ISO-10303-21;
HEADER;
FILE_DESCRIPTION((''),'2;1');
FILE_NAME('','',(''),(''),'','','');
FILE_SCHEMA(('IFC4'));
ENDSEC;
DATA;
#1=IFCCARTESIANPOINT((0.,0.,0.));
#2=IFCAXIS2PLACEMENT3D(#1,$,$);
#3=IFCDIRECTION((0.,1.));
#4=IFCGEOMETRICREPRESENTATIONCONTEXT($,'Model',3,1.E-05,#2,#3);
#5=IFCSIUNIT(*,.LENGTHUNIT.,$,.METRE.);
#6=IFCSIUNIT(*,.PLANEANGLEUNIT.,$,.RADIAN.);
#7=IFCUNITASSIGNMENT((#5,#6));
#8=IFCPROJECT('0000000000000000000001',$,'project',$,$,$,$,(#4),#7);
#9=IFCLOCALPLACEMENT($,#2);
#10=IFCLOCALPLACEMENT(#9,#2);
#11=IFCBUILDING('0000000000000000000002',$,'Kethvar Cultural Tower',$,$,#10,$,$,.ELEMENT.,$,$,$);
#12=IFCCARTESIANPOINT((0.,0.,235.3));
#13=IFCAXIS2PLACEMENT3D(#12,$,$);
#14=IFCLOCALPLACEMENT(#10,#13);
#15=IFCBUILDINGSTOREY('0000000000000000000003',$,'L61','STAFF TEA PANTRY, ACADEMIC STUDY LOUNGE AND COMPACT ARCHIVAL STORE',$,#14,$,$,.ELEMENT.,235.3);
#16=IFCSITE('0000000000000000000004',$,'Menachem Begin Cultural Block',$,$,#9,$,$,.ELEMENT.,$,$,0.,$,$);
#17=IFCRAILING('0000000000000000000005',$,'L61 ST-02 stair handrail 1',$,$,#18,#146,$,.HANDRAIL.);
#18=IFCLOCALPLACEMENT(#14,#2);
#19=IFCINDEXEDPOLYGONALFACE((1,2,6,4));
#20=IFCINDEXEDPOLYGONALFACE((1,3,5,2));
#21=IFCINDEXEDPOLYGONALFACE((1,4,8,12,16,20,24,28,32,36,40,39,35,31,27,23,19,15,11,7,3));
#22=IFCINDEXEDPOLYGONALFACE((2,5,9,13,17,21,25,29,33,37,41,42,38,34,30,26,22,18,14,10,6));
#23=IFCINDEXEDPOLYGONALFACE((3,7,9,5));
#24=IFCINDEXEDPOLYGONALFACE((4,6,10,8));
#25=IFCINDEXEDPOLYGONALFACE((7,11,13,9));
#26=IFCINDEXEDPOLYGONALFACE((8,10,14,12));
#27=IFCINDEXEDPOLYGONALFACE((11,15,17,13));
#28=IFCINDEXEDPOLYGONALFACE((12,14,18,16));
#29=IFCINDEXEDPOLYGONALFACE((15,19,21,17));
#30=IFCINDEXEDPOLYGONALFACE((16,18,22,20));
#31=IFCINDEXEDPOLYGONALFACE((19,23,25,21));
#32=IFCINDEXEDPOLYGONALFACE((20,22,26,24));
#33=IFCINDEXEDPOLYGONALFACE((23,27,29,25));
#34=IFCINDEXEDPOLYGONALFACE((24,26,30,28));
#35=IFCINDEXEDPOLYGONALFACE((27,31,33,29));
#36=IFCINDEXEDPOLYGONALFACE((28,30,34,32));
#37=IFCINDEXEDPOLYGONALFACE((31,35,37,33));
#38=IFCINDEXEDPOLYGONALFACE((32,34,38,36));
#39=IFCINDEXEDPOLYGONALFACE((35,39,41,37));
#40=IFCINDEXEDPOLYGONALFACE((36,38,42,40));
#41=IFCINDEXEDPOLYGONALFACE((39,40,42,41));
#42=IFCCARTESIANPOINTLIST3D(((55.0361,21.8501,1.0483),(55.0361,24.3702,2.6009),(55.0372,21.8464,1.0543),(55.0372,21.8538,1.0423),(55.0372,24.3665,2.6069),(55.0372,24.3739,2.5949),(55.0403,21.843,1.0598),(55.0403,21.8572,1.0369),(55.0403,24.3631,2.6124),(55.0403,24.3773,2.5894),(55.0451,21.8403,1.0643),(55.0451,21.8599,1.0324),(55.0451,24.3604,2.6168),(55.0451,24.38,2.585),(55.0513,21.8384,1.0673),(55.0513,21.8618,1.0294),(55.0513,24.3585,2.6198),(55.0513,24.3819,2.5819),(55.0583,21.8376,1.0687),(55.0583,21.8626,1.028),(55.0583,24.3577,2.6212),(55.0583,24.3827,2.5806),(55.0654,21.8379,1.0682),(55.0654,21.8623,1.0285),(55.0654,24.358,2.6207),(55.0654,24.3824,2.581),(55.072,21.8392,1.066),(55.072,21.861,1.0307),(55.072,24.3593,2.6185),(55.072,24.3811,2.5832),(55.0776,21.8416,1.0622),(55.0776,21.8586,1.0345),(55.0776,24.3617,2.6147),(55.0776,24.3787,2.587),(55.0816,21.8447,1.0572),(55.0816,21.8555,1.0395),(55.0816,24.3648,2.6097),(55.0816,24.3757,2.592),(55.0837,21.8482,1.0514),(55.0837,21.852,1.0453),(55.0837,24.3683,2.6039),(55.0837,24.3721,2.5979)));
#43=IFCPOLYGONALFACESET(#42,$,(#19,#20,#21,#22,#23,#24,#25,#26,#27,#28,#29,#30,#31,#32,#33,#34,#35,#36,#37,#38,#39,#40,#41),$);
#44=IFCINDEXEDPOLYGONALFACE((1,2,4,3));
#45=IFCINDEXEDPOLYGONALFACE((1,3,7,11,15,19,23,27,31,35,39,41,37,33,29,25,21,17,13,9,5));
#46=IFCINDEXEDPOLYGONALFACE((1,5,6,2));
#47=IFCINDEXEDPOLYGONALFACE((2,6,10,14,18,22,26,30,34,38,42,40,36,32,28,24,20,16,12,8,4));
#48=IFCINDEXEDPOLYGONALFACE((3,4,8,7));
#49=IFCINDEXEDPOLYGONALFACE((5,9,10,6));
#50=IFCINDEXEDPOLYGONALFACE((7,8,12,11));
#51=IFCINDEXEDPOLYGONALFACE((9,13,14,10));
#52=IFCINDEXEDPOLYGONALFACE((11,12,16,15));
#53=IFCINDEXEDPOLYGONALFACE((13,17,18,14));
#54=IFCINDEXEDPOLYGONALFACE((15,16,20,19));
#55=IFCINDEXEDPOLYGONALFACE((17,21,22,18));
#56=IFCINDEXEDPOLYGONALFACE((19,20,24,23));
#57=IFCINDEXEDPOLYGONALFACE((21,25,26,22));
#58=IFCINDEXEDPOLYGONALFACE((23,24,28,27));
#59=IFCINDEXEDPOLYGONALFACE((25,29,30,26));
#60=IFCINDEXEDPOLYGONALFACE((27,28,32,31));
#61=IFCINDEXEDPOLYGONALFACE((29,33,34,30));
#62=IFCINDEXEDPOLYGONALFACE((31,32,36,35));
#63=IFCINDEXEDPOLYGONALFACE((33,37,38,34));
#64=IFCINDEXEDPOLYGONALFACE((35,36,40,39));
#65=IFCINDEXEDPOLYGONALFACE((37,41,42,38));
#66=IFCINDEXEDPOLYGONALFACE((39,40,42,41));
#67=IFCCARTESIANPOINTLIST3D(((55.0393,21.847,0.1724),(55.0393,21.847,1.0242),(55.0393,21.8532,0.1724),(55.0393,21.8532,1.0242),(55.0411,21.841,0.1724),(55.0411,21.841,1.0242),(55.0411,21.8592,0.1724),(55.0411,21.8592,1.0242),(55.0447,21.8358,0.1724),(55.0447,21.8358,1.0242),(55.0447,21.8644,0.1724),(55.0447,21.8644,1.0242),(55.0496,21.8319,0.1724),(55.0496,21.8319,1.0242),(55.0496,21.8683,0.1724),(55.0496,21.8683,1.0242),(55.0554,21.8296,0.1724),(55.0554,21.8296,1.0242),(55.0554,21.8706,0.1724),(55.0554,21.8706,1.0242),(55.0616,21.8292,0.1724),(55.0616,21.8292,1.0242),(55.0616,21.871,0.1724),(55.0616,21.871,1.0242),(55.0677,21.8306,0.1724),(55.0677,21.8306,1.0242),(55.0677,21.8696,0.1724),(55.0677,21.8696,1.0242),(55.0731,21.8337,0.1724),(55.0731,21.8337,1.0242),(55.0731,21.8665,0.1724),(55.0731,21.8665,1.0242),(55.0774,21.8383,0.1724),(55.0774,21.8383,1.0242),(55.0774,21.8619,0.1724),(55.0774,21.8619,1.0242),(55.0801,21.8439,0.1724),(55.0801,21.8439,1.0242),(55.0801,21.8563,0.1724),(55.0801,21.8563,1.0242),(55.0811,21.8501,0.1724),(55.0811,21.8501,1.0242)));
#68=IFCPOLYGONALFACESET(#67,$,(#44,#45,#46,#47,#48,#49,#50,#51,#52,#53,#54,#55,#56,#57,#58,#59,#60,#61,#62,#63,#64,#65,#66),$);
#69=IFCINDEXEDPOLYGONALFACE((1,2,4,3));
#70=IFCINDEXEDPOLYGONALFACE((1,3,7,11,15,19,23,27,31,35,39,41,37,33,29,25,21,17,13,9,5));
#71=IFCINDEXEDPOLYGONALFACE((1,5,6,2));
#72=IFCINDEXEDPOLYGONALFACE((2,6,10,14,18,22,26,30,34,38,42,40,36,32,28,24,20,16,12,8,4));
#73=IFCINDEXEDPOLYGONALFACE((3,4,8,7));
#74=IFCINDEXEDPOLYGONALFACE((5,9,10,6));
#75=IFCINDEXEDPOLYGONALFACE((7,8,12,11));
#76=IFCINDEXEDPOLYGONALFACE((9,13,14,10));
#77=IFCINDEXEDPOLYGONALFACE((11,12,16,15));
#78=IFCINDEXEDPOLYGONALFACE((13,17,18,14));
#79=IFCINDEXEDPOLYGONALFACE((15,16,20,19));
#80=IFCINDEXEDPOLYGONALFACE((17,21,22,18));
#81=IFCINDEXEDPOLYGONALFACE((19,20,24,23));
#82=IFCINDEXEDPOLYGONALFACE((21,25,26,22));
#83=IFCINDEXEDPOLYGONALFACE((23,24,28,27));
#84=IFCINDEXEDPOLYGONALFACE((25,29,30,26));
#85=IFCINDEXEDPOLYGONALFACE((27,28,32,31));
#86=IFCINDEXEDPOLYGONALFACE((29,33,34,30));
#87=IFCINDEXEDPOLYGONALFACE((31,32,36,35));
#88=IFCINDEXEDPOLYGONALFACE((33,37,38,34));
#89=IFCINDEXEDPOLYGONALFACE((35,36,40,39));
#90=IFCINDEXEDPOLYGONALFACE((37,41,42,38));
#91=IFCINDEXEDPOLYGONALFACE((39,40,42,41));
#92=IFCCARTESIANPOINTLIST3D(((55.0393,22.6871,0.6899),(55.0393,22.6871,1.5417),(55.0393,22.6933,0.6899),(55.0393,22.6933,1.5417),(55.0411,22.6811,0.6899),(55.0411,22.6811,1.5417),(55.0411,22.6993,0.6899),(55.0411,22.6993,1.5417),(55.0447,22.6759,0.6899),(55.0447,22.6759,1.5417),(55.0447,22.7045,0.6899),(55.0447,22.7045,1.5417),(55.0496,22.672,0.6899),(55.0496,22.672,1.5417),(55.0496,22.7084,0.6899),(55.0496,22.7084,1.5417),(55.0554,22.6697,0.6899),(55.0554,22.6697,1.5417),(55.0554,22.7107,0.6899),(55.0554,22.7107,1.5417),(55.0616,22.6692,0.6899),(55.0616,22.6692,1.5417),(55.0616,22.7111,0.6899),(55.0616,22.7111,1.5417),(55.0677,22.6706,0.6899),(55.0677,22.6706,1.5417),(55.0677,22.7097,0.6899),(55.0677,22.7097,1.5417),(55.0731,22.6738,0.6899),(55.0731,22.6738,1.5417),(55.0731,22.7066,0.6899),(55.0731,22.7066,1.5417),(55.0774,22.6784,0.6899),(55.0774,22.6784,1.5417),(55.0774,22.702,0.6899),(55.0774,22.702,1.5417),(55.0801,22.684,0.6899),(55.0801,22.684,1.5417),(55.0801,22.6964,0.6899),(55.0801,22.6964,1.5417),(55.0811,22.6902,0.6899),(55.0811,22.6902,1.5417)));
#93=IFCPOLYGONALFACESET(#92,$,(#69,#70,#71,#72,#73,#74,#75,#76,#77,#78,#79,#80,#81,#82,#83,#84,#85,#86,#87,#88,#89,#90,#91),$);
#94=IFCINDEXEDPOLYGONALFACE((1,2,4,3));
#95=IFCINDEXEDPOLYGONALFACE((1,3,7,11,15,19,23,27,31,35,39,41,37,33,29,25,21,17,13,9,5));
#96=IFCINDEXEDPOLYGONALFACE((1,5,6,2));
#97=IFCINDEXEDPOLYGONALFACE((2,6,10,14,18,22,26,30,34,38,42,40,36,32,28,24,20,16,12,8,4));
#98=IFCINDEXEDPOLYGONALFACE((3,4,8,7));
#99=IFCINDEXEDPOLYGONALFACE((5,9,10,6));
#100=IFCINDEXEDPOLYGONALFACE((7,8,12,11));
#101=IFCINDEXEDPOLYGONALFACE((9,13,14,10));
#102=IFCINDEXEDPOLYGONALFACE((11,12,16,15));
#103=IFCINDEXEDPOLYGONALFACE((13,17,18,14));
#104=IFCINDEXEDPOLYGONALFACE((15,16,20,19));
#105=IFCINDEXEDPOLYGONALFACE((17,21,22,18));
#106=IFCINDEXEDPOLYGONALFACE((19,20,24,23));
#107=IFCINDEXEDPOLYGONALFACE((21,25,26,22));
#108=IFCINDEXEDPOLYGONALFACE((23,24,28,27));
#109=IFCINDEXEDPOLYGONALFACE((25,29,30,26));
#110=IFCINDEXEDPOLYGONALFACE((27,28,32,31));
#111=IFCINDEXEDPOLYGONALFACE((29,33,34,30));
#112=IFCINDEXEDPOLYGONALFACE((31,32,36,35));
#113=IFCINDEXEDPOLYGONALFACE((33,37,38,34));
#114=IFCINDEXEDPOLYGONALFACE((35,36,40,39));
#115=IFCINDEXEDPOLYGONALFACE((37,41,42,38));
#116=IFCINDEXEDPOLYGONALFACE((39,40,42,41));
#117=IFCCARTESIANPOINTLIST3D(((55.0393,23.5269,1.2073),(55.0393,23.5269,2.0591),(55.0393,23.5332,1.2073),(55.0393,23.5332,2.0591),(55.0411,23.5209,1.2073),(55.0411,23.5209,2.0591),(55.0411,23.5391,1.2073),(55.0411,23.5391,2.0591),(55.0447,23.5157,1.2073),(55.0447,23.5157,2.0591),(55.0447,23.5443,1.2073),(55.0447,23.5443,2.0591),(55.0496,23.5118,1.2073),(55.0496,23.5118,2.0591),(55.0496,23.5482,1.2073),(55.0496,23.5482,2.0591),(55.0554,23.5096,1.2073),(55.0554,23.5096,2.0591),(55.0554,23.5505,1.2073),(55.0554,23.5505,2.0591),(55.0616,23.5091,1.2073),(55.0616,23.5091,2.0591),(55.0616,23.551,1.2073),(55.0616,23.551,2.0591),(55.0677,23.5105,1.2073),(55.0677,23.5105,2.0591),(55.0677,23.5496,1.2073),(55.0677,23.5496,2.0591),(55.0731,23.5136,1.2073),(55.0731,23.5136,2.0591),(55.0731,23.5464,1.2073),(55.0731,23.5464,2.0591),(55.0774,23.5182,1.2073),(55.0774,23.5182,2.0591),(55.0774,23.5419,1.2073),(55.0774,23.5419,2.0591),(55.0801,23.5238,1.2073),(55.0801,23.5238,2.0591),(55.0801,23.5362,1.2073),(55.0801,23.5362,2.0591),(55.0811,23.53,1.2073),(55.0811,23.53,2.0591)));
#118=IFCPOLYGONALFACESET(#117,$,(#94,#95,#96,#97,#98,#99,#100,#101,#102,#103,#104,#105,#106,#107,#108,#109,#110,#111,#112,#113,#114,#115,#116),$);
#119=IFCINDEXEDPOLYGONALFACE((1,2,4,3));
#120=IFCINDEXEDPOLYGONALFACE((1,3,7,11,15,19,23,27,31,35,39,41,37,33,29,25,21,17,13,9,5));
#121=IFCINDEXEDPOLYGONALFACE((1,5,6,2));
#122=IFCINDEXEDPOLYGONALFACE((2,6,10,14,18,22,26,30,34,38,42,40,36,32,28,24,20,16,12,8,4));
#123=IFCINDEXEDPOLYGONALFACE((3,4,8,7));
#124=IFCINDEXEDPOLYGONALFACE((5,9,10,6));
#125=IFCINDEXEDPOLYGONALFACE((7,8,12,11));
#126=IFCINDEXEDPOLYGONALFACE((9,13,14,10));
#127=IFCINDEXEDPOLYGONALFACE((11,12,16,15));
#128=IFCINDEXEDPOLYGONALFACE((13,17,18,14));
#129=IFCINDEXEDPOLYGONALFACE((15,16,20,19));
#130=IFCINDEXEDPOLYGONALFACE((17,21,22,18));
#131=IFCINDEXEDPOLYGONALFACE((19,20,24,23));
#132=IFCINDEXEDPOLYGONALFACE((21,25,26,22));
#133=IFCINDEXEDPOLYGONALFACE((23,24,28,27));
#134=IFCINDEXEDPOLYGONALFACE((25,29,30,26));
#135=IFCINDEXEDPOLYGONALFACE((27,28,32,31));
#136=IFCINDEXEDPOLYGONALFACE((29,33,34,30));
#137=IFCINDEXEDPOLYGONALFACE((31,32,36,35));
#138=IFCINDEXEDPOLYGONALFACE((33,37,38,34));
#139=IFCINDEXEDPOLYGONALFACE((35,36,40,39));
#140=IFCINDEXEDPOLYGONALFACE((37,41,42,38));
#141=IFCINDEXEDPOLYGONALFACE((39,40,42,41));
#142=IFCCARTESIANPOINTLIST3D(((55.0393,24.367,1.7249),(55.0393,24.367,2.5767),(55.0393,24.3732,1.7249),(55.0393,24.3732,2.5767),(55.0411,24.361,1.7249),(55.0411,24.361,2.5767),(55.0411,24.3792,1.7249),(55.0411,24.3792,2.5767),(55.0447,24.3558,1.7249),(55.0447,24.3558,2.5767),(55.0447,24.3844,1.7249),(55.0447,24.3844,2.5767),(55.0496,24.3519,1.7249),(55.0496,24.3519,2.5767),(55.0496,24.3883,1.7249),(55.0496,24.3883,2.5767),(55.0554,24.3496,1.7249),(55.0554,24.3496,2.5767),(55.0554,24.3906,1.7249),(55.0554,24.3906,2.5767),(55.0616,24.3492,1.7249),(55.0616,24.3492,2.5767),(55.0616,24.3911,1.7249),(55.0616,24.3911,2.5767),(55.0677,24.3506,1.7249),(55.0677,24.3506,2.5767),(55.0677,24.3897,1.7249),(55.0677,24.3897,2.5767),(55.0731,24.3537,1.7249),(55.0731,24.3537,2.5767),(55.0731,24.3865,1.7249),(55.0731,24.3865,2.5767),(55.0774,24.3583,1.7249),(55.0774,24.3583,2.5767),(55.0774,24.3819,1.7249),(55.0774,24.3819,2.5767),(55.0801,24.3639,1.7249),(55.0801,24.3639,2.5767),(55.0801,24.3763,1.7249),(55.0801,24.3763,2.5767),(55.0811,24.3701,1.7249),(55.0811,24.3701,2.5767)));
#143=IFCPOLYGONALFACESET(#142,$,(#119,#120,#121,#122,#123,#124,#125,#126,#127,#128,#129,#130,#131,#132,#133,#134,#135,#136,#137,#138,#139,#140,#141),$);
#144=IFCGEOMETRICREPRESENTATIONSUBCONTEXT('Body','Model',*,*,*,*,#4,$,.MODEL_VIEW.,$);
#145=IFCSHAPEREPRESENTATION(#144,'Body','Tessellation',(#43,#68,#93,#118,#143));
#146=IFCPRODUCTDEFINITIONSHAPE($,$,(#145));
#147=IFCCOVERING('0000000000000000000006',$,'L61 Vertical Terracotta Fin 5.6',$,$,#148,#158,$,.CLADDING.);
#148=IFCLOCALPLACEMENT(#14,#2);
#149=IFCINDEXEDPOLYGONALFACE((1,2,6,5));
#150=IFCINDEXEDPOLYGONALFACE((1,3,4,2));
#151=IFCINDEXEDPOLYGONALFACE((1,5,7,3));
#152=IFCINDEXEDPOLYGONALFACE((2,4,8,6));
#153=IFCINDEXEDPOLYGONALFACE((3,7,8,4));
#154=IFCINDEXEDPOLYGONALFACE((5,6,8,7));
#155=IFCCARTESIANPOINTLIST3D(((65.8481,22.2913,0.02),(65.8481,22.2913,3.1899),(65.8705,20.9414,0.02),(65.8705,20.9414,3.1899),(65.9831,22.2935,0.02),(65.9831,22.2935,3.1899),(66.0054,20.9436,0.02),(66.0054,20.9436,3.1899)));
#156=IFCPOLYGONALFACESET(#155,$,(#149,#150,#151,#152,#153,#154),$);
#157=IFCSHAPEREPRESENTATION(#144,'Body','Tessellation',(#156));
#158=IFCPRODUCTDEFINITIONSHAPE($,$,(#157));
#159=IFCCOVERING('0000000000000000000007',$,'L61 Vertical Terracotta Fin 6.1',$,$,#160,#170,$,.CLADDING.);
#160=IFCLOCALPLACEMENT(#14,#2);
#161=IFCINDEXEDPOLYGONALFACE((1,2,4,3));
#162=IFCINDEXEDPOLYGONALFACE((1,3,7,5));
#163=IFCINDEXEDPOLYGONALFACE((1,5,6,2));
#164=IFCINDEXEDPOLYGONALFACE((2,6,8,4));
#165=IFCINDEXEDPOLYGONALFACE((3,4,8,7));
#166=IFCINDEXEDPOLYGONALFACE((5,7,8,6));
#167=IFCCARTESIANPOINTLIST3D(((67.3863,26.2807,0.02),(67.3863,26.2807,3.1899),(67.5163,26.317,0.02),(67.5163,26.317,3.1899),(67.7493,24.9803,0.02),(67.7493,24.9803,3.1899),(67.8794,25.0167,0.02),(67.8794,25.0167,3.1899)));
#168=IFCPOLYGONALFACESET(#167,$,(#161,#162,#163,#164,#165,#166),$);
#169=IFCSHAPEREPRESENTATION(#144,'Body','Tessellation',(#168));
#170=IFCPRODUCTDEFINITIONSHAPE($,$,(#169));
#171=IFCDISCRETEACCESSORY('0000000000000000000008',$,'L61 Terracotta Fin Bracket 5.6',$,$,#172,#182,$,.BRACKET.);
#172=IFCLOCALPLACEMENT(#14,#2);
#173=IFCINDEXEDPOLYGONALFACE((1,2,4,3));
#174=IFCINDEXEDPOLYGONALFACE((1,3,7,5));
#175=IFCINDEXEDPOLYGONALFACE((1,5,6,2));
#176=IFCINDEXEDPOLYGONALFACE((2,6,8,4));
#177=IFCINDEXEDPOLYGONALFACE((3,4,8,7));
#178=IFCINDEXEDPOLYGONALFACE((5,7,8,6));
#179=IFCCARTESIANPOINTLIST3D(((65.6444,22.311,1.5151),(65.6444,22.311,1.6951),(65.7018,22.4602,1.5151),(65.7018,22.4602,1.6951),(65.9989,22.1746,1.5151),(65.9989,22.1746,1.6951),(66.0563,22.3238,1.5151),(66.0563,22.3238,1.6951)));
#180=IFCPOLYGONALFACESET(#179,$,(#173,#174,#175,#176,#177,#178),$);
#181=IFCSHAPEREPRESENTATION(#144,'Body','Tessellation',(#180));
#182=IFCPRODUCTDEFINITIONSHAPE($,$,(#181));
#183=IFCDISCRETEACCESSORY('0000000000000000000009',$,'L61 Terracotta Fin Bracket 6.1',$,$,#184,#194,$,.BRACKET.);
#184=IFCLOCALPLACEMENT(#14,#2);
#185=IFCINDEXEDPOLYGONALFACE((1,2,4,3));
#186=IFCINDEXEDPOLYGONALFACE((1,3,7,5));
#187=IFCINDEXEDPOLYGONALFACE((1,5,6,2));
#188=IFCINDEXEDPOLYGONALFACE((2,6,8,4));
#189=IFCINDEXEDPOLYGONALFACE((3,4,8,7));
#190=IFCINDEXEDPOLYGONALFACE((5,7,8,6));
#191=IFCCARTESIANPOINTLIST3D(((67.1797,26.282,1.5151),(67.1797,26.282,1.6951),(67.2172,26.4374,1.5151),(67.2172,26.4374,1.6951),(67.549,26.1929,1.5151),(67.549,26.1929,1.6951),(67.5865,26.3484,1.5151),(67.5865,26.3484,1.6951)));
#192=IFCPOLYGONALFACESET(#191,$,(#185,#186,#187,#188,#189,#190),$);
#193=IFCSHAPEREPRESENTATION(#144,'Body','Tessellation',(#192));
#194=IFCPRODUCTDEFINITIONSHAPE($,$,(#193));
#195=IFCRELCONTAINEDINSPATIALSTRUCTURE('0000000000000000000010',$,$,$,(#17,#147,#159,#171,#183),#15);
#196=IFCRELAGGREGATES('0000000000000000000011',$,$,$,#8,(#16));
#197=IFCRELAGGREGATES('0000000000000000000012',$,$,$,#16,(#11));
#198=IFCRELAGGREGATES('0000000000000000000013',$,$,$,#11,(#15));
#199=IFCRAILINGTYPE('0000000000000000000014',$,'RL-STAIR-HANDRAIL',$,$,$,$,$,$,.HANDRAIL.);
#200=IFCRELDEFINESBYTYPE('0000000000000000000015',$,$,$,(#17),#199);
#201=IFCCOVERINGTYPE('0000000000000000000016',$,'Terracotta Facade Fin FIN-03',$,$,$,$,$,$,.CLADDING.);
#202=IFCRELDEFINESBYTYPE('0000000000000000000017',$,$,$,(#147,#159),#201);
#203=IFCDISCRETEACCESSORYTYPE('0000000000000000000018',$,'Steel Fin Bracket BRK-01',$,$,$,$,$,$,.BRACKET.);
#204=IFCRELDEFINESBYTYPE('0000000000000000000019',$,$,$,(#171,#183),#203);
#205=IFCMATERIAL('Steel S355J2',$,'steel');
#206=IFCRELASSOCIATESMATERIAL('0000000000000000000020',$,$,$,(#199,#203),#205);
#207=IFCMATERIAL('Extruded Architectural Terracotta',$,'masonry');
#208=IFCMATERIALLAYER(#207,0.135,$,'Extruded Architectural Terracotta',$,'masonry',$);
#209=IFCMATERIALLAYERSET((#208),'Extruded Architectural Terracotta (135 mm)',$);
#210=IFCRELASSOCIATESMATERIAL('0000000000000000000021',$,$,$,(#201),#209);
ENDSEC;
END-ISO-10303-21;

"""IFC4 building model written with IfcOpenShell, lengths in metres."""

from ifc_helpers import new_model, si_unit, direction, frame, origin, origin_2d, place, context, subcontext, project, spatial, rectangle, circle, extrude, source, transform, mapped, material, layer, layer_set, type_object, element, save


model = new_model("IFC4")

# Units and contexts
model_context = context("Model", 3, precision=1e-05, world=origin(), true_north=direction((0.0, 1.0)))
body_context = subcontext(model_context, "Body", "Model", "MODEL_VIEW")
ifc_project = project(units=[si_unit("LENGTHUNIT", "METRE"), si_unit("PLANEANGLEUNIT", "RADIAN")], contexts=[model_context])

# Site, building, storey
site_placement = place(None, origin())
site = spatial("IfcSite", under=ifc_project, at=site_placement, Name="Menachem Begin Cultural Block", CompositionType="ELEMENT", RefElevation=0.0)
building_placement = place(site_placement, origin())
building = spatial("IfcBuilding", under=site, at=building_placement, Name="Kethvar Cultural Tower", CompositionType="ELEMENT")
storey_placement = place(building_placement, frame((0.0, 0.0, 235.3)))
storey = spatial("IfcBuildingStorey", under=building, at=storey_placement, Name="L61", Description="STAFF TEA PANTRY, ACADEMIC STUDY LOUNGE AND COMPACT ARCHIVAL STORE", CompositionType="ELEMENT", Elevation=235.3)

# Shared definitions
ifc_material_1 = material(Name="Steel S355J2", Category="steel")

# Railing
railing_type = type_object("IfcRailingType", Name="RL-STAIR-HANDRAIL", PredefinedType="HANDRAIL", material=ifc_material_1)
railing_placement = place(storey_placement, frame((55.0601, 21.8501, 0.1724)))
element("IfcRailing", 1, at=railing_placement, inside=storey, type_object=railing_type, Name="L61 ST-02 stair handrail 1", PredefinedType="HANDRAIL", context=body_context, shape_type="SweptSolid", body=[
    extrude(circle(Radius=0.0239, at=origin_2d()), frame((0.0, 0.0, 0.876), z_axis=(0.0, 0.8514, 0.524516), x_axis=(-1.0, 0.0, 0.0)), (0.0, 0.0, 1.0), 2.96),
    extrude(circle(Radius=0.021, at=origin_2d()), origin(), (0.0, 0.0, 1.0), 0.8518),
    extrude(circle(Radius=0.021, at=origin_2d()), frame((0.0, 0.8401, 0.5176)), (0.0, 0.0, 1.0), 0.8518),
    extrude(circle(Radius=0.021, at=origin_2d()), frame((0.0, 1.6799, 1.0349)), (0.0, 0.0, 1.0), 0.8518),
    extrude(circle(Radius=0.021, at=origin_2d()), frame((0.0, 2.52, 1.5525)), (0.0, 0.0, 1.0), 0.8518),
])

# Coverings
ifc_material_2 = material(Name="Extruded Architectural Terracotta", Category="masonry")
ifc_layer_1 = layer(ifc_material_2, 0.135, Name="Extruded Architectural Terracotta", Category="masonry")
ifc_layer_set_1 = layer_set([ifc_layer_1], Name="Extruded Architectural Terracotta (135 mm)")
covering_type = type_object("IfcCoveringType", Name="Terracotta Facade Fin FIN-03", PredefinedType="CLADDING", material=ifc_layer_set_1)
shared_shape_1 = source(origin(), body_context, "Body", "SweptSolid", [
    extrude(rectangle(XDim=1.3501, YDim=0.135, at=origin_2d()), origin(), (0.0, 0.0, 1.0), 3.1699),
])
for number, where, z_axis, x_axis, name in (
    (2, (65.9268, 21.6174, 0.02), (0.0, 0.0, 1.0), (0.01658, -0.999863, 0.0), "L61 Vertical Terracotta Fin 5.6"),
    (3, (67.6328, 25.6487, 0.02), (0.0, 0.0, 1.0), (0.26892, -0.963163, 0.0), "L61 Vertical Terracotta Fin 6.1"),
):
    element("IfcCovering", number, at=place(storey_placement, frame(where, z_axis=z_axis, x_axis=x_axis)), inside=storey, type_object=covering_type, Name=name, PredefinedType="CLADDING", context=body_context, shape_type="MappedRepresentation", body=[
        mapped(shared_shape_1, transform((0.0, 0.0, 0.0), scale=1.0)),
    ])

# Discrete accessories
discrete_accessory_type = type_object("IfcDiscreteAccessoryType", Name="Steel Fin Bracket BRK-01", PredefinedType="BRACKET", material=ifc_material_1)
shared_shape_2 = source(origin(), body_context, "Body", "SweptSolid", [
    extrude(rectangle(XDim=0.3799, YDim=0.1599, at=origin_2d()), origin(), (0.0, 0.0, 1.0), 0.1799),
])
for number, where, z_axis, x_axis, name in (
    (4, (65.8503, 22.3174, 1.5151), (0.0, 0.0, 1.0), (0.93333, -0.35902, 0.0), "L61 Terracotta Fin Bracket 5.6"),
    (5, (67.3831, 26.3152, 1.5151), (0.0, 0.0, 1.0), (0.972125, -0.234463, 0.0), "L61 Terracotta Fin Bracket 6.1"),
):
    element("IfcDiscreteAccessory", number, at=place(storey_placement, frame(where, z_axis=z_axis, x_axis=x_axis)), inside=storey, type_object=discrete_accessory_type, Name=name, PredefinedType="BRACKET", context=body_context, shape_type="MappedRepresentation", body=[
        mapped(shared_shape_2, transform((0.0, 0.0, 0.0), scale=1.0)),
    ])

save(model, "model.ifc")
